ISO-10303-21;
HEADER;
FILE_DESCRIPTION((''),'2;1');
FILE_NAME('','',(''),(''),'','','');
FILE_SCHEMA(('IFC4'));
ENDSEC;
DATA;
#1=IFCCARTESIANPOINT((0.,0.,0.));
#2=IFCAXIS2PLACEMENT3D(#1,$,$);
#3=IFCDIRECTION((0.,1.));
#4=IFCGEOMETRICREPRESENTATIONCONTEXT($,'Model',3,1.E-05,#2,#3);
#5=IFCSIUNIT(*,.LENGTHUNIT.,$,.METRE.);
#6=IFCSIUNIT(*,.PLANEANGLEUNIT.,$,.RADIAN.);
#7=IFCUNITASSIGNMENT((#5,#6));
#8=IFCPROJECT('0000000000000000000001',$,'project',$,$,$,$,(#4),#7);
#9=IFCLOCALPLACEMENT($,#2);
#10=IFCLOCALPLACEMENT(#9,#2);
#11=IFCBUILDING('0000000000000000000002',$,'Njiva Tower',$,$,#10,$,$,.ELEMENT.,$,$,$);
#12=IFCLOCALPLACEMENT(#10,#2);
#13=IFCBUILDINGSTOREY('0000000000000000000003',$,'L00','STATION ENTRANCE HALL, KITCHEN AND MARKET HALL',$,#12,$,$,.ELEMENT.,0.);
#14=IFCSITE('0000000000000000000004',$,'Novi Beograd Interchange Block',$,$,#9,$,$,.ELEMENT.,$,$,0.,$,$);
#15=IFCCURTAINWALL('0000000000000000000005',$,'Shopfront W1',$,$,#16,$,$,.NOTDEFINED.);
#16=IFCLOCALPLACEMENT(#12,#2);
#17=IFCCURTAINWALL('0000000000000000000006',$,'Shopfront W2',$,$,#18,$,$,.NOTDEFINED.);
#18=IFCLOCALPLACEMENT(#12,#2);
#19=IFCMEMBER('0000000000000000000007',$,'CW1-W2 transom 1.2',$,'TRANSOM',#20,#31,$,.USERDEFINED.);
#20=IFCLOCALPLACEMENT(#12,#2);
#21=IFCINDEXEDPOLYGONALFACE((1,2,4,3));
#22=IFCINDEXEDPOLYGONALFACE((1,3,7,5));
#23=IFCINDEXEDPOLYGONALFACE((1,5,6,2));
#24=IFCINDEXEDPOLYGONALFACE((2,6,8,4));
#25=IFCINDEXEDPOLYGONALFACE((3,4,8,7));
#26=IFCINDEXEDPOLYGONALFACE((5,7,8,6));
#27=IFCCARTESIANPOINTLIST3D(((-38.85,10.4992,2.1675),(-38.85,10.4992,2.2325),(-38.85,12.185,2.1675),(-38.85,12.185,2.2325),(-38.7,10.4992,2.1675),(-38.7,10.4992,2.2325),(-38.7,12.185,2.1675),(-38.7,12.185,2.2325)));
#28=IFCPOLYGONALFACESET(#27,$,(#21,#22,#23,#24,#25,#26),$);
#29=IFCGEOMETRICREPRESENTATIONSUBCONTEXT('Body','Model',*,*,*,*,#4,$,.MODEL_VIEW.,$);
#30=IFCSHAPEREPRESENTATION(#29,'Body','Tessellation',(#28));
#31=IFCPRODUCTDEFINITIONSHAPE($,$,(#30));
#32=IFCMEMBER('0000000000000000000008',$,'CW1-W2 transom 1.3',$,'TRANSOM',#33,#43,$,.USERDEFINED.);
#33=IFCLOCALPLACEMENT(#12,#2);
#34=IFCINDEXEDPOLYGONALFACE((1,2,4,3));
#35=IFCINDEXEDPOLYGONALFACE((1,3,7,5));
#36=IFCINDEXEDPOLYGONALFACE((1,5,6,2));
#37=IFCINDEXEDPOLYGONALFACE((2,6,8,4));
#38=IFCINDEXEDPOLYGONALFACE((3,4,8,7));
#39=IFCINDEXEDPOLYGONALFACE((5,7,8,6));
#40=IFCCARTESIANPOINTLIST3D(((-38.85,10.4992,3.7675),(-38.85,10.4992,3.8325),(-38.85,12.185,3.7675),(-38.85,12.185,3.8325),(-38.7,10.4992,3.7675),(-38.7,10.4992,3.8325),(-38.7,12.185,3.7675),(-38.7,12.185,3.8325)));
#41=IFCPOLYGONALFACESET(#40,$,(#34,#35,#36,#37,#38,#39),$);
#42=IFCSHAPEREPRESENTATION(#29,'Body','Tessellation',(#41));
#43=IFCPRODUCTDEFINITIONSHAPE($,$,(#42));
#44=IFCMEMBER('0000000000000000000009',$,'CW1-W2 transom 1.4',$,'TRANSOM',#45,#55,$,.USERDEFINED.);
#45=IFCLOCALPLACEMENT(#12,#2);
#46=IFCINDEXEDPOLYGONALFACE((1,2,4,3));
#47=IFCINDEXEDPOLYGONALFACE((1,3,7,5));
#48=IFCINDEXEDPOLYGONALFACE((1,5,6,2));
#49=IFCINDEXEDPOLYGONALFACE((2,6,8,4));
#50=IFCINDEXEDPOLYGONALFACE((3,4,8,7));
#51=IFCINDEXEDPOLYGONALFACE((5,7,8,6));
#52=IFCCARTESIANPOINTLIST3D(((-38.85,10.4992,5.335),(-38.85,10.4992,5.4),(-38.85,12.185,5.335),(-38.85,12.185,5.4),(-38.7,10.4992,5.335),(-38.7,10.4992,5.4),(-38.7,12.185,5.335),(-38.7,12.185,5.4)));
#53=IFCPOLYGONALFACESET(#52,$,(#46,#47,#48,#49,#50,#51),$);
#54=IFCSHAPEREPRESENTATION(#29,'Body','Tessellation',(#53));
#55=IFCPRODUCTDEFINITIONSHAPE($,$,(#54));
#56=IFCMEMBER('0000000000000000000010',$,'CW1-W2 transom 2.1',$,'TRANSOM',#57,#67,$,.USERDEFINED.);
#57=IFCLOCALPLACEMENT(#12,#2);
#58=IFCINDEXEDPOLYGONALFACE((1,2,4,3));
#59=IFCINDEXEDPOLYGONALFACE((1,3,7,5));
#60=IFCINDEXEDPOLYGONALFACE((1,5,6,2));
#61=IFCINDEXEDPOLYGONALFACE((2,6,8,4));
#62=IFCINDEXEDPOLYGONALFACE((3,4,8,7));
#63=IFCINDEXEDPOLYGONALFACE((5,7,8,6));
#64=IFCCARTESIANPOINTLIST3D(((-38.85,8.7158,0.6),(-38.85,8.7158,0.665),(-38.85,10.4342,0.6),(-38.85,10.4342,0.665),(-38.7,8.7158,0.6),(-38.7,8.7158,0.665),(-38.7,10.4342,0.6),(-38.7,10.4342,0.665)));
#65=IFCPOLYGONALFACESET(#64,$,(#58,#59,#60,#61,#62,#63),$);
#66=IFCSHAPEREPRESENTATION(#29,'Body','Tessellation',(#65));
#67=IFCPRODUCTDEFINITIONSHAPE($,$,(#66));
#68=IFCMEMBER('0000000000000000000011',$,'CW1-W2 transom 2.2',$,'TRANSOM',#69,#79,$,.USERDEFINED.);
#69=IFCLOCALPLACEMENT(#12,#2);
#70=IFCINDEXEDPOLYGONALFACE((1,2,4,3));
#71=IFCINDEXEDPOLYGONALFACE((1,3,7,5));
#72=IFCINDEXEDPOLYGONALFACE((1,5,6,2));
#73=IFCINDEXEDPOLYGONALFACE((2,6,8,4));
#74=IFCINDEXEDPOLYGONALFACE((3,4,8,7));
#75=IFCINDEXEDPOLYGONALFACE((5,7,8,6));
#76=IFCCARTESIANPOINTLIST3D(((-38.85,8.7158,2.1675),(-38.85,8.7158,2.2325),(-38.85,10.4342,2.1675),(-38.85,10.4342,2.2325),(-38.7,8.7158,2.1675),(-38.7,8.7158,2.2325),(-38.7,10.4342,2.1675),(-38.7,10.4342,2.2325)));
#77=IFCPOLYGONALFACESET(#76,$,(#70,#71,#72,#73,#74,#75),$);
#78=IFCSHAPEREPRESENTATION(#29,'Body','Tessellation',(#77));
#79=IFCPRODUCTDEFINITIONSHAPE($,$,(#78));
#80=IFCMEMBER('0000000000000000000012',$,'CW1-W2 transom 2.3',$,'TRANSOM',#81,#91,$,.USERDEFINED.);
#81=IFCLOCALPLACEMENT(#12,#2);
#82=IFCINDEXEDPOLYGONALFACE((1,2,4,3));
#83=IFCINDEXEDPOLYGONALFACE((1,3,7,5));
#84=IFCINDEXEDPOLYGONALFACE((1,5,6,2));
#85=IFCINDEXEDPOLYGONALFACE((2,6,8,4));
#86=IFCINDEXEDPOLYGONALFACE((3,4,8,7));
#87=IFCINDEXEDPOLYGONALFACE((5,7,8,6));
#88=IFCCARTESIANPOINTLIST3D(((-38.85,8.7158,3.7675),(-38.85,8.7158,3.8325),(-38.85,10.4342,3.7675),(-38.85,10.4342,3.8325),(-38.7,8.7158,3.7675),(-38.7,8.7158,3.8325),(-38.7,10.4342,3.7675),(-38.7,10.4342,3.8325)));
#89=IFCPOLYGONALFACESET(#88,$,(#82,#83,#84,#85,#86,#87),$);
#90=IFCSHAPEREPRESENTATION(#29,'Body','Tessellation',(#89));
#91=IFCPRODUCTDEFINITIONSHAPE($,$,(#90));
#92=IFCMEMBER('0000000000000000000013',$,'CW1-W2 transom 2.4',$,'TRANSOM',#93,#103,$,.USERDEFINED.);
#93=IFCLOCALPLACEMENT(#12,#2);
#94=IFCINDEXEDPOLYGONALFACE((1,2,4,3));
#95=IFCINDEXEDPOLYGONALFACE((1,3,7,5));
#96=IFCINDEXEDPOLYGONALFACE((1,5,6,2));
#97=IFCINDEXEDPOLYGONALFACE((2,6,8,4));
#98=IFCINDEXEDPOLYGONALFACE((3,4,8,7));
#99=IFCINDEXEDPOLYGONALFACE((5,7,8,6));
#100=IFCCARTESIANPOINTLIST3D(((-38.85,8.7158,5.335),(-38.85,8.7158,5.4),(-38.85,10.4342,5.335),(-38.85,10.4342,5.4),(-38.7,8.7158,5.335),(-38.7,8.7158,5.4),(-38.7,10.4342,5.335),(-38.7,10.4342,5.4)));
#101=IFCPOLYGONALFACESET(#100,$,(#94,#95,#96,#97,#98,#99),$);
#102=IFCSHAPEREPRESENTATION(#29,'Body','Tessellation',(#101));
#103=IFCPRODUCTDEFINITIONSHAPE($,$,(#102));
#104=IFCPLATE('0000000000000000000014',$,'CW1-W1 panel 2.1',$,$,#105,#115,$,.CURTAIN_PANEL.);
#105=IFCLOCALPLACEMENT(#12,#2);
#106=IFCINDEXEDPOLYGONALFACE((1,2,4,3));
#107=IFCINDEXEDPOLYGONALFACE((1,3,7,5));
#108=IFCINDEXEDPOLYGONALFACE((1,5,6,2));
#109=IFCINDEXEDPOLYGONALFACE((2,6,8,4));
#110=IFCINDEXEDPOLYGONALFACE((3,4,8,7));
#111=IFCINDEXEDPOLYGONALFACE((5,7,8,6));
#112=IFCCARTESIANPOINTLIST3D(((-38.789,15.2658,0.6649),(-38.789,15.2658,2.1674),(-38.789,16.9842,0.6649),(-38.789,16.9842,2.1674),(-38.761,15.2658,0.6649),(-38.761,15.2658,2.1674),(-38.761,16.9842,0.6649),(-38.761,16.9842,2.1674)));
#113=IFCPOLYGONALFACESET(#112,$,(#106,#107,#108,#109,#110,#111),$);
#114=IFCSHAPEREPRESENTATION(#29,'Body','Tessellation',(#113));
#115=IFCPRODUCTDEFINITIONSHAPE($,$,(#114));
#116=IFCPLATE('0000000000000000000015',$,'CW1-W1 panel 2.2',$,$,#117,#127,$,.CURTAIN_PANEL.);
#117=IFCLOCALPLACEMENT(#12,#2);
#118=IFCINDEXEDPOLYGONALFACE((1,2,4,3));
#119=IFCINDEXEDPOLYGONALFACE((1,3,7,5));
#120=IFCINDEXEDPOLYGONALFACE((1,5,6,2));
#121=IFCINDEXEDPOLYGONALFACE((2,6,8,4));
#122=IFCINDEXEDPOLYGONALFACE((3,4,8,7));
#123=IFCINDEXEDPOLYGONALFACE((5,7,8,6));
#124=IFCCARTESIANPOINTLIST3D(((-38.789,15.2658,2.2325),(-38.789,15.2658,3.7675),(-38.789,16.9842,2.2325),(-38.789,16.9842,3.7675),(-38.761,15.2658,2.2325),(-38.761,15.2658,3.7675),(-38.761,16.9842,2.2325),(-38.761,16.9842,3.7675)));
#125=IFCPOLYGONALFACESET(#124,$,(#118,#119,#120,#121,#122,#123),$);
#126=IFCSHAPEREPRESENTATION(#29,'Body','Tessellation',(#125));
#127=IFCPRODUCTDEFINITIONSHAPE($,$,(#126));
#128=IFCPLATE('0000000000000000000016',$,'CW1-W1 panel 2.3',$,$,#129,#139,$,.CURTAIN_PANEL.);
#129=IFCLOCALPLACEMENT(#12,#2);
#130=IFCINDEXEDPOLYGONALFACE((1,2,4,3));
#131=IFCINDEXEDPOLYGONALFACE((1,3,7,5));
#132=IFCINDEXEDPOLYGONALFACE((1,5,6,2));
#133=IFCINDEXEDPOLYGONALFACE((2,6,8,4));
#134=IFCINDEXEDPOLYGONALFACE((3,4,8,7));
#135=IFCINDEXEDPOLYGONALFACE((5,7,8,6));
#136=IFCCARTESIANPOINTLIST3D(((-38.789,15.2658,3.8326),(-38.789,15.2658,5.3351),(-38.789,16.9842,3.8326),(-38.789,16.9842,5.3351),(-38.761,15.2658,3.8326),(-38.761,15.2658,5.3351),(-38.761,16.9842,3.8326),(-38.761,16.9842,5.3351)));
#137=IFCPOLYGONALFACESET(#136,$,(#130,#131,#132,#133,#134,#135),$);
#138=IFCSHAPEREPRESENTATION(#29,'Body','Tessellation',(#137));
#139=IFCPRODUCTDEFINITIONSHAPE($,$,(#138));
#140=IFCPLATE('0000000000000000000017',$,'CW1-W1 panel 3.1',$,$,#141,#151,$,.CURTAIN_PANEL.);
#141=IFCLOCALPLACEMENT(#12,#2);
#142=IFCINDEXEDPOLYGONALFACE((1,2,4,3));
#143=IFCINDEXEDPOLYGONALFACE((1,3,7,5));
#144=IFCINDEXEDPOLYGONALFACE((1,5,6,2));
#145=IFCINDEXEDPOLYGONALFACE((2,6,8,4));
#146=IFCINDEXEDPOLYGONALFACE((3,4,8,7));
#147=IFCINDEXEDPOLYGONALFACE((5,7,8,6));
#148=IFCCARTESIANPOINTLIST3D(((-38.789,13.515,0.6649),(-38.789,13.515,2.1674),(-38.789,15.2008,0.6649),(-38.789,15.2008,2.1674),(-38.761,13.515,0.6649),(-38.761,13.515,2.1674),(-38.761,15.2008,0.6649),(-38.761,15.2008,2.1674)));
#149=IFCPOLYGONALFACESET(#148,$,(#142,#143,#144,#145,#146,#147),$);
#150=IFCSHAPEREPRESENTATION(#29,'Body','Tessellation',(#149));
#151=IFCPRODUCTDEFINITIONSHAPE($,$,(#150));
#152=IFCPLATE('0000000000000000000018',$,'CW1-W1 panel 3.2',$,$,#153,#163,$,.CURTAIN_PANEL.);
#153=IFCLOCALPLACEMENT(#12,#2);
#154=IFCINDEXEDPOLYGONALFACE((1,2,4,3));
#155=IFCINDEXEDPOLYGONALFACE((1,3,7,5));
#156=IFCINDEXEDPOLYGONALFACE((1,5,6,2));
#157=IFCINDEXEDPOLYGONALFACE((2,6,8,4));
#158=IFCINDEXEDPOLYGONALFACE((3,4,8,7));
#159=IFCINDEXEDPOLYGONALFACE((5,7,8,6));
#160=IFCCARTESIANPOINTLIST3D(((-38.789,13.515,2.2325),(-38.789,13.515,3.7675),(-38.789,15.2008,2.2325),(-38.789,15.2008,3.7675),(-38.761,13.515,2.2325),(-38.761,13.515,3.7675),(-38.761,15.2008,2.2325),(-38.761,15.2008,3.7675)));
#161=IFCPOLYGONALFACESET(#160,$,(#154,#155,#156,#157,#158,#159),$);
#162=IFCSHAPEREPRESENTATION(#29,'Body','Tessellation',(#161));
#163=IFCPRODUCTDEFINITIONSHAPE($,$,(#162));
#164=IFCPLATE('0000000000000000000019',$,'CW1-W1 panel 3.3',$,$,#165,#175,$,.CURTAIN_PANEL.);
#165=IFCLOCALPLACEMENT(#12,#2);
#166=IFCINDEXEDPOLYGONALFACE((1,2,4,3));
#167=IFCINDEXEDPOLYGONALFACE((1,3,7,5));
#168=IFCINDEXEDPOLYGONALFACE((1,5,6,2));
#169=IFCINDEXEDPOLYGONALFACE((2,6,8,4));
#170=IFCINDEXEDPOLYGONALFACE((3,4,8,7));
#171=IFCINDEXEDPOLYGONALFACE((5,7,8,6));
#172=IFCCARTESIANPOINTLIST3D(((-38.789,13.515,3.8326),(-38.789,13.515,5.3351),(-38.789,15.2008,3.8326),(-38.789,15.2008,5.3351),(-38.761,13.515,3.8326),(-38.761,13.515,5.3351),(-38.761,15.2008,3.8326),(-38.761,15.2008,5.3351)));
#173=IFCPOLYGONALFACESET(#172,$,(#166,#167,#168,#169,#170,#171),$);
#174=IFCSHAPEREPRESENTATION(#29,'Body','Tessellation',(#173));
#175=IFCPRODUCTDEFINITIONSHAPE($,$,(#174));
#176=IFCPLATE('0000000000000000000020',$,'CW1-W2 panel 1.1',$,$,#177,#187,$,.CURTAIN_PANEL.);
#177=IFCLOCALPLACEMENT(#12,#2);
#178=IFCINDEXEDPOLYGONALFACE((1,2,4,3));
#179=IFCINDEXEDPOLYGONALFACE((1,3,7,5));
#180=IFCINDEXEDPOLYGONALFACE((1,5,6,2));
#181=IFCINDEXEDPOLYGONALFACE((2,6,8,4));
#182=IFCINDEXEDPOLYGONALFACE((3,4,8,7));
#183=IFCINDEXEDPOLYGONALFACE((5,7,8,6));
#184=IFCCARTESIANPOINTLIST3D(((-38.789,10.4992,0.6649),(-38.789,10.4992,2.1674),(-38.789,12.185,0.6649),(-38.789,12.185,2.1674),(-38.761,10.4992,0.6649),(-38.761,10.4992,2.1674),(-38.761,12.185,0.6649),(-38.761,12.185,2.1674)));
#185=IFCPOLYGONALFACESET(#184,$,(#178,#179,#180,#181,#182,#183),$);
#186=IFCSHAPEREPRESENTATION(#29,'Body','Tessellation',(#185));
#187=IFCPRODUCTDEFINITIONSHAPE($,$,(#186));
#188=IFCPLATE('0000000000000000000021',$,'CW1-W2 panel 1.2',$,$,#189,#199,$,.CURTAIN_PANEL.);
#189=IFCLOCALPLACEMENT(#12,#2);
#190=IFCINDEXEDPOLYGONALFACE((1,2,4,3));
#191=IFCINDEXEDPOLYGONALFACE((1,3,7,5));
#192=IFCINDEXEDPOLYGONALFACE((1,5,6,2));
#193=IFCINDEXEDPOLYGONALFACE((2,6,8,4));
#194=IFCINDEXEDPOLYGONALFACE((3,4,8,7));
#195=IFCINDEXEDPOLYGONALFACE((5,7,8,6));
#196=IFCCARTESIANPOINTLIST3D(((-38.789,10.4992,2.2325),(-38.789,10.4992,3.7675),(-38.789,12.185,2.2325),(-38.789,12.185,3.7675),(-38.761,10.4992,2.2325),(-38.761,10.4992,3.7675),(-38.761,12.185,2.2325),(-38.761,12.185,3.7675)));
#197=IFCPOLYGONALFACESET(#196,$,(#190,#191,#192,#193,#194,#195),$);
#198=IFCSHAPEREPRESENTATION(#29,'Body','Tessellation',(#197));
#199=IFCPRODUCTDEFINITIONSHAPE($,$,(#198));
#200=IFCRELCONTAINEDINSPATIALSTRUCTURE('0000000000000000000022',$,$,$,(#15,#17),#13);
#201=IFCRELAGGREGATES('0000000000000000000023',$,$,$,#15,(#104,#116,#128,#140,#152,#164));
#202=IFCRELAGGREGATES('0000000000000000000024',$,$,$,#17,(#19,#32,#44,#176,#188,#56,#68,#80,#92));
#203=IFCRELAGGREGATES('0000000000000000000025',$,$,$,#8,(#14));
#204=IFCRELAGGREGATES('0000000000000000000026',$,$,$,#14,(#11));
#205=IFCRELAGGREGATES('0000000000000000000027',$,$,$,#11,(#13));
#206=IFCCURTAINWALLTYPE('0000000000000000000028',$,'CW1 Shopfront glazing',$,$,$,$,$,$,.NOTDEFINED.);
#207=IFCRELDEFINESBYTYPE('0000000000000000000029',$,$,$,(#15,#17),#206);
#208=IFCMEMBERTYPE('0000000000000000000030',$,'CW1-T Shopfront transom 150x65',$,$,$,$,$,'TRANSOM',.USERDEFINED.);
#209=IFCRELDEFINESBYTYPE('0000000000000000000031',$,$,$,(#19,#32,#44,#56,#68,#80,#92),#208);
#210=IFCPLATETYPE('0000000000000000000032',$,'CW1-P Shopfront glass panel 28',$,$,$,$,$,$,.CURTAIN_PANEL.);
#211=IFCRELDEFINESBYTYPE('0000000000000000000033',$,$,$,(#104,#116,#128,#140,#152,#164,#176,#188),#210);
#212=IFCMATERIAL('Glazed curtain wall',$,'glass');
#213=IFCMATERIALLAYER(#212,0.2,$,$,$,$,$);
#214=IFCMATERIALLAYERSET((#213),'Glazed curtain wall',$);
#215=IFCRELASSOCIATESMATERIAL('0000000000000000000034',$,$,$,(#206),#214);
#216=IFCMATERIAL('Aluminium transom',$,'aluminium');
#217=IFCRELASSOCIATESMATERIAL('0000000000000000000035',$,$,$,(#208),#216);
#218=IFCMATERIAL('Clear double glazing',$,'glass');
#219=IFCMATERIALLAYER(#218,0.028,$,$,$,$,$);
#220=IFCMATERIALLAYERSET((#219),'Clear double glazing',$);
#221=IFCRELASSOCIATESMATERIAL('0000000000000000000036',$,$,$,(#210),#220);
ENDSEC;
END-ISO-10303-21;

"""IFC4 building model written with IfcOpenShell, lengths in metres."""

from ifc_helpers import new_model, si_unit, direction, frame, origin, origin_2d, place, context, subcontext, project, spatial, rectangle, extrude, material, layer, layer_set, material_profile, profile_set, type_object, element, aggregate, save


model = new_model("IFC4")

# Units and contexts
model_context = context("Model", 3, precision=1e-05, world=origin(), true_north=direction((0.0, 1.0)))
body_context = subcontext(model_context, "Body", "Model", "MODEL_VIEW")
ifc_project = project(units=[si_unit("LENGTHUNIT", "METRE"), si_unit("PLANEANGLEUNIT", "RADIAN")], contexts=[model_context])

# Site, building, storey
site_placement = place(None, origin())
site = spatial("IfcSite", under=ifc_project, at=site_placement, Name="Novi Beograd Interchange Block", CompositionType="ELEMENT", RefElevation=0.0)
building_placement = place(site_placement, origin())
building = spatial("IfcBuilding", under=site, at=building_placement, Name="Njiva Tower", CompositionType="ELEMENT")
storey_placement = place(building_placement, origin())
storey = spatial("IfcBuildingStorey", under=building, at=storey_placement, Name="L00", Description="STATION ENTRANCE HALL, KITCHEN AND MARKET HALL", CompositionType="ELEMENT", Elevation=0.0)

# Curtain walls
ifc_material_1 = material(Name="Glazed curtain wall", Category="glass")
ifc_layer_1 = layer(ifc_material_1, 0.2)
ifc_layer_set_1 = layer_set([ifc_layer_1], Name="Glazed curtain wall")
curtain_wall_type = type_object("IfcCurtainWallType", Name="CW1 Shopfront glazing", PredefinedType="NOTDEFINED", material=ifc_layer_set_1)
curtain_wall_1_placement = place(storey_placement, origin())
curtain_wall_1 = element("IfcCurtainWall", 1, at=curtain_wall_1_placement, inside=storey, type_object=curtain_wall_type, Name="Shopfront W1", PredefinedType="NOTDEFINED")
curtain_wall_2_placement = place(storey_placement, origin())
curtain_wall_2 = element("IfcCurtainWall", 2, at=curtain_wall_2_placement, inside=storey, type_object=curtain_wall_type, Name="Shopfront W2", PredefinedType="NOTDEFINED")

# Members
ifc_material_2 = material(Name="Aluminium transom", Category="aluminium")
ifc_material_profile_1 = material_profile(ifc_material_2, rectangle(XDim=0.15, YDim=0.065, at=origin_2d()), Name="RECT 150x65")
ifc_profile_set_1 = profile_set([ifc_material_profile_1], Name="Aluminium transom")
member_type_1 = type_object("IfcMemberType", Name="CW1-T Shopfront transom 150x65", ElementType="TRANSOM", PredefinedType="USERDEFINED", material=ifc_profile_set_1)
member_1_placement = place(storey_placement, frame((-38.775, 12.185, 2.2), z_axis=(0.0, -1.0, 0.0), x_axis=(1.0, 0.0, 0.0)))
member_1 = element("IfcMember", 3, at=member_1_placement, type_object=member_type_1, Name="CW1-W2 transom 1.2", ObjectType="TRANSOM", PredefinedType="USERDEFINED", context=body_context, shape_type="SweptSolid", body=[
    extrude(rectangle(XDim=0.15, YDim=0.065, at=origin_2d()), origin(), (0.0, 0.0, 1.0), 1.6858),
])
member_2_placement = place(storey_placement, frame((-38.775, 12.185, 3.8), z_axis=(0.0, -1.0, 0.0), x_axis=(1.0, 0.0, 0.0)))
member_2 = element("IfcMember", 4, at=member_2_placement, type_object=member_type_1, Name="CW1-W2 transom 1.3", ObjectType="TRANSOM", PredefinedType="USERDEFINED", context=body_context, shape_type="SweptSolid", body=[
    extrude(rectangle(XDim=0.15, YDim=0.065, at=origin_2d()), origin(), (0.0, 0.0, 1.0), 1.6858),
])
member_3_placement = place(storey_placement, frame((-38.775, 12.185, 5.3675), z_axis=(0.0, -1.0, 0.0), x_axis=(1.0, 0.0, 0.0)))
member_3 = element("IfcMember", 5, at=member_3_placement, type_object=member_type_1, Name="CW1-W2 transom 1.4", ObjectType="TRANSOM", PredefinedType="USERDEFINED", context=body_context, shape_type="SweptSolid", body=[
    extrude(rectangle(XDim=0.15, YDim=0.065, at=origin_2d()), origin(), (0.0, 0.0, 1.0), 1.6858),
])
member_4_placement = place(storey_placement, frame((-38.775, 10.4342, 0.6325), z_axis=(0.0, -1.0, 0.0), x_axis=(1.0, 0.0, 0.0)))
member_4 = element("IfcMember", 6, at=member_4_placement, type_object=member_type_1, Name="CW1-W2 transom 2.1", ObjectType="TRANSOM", PredefinedType="USERDEFINED", context=body_context, shape_type="SweptSolid", body=[
    extrude(rectangle(XDim=0.15, YDim=0.065, at=origin_2d()), origin(), (0.0, 0.0, 1.0), 1.7184),
])
member_5_placement = place(storey_placement, frame((-38.775, 10.4342, 2.2), z_axis=(0.0, -1.0, 0.0), x_axis=(1.0, 0.0, 0.0)))
member_5 = element("IfcMember", 7, at=member_5_placement, type_object=member_type_1, Name="CW1-W2 transom 2.2", ObjectType="TRANSOM", PredefinedType="USERDEFINED", context=body_context, shape_type="SweptSolid", body=[
    extrude(rectangle(XDim=0.15, YDim=0.065, at=origin_2d()), origin(), (0.0, 0.0, 1.0), 1.7184),
])
member_6_placement = place(storey_placement, frame((-38.775, 10.4342, 3.8), z_axis=(0.0, -1.0, 0.0), x_axis=(1.0, 0.0, 0.0)))
member_6 = element("IfcMember", 8, at=member_6_placement, type_object=member_type_1, Name="CW1-W2 transom 2.3", ObjectType="TRANSOM", PredefinedType="USERDEFINED", context=body_context, shape_type="SweptSolid", body=[
    extrude(rectangle(XDim=0.15, YDim=0.065, at=origin_2d()), origin(), (0.0, 0.0, 1.0), 1.7184),
])
member_7_placement = place(storey_placement, frame((-38.775, 10.4342, 5.3675), z_axis=(0.0, -1.0, 0.0), x_axis=(1.0, 0.0, 0.0)))
member_7 = element("IfcMember", 9, at=member_7_placement, type_object=member_type_1, Name="CW1-W2 transom 2.4", ObjectType="TRANSOM", PredefinedType="USERDEFINED", context=body_context, shape_type="SweptSolid", body=[
    extrude(rectangle(XDim=0.15, YDim=0.065, at=origin_2d()), origin(), (0.0, 0.0, 1.0), 1.7184),
])

# Plates
ifc_material_3 = material(Name="Clear double glazing", Category="glass")
ifc_layer_2 = layer(ifc_material_3, 0.028)
ifc_layer_set_2 = layer_set([ifc_layer_2], Name="Clear double glazing")
plate_type = type_object("IfcPlateType", Name="CW1-P Shopfront glass panel 28", PredefinedType="CURTAIN_PANEL", material=ifc_layer_set_2)
plate_1_placement = place(storey_placement, frame((-38.775, 16.125, 0.6649), z_axis=(0.0, 0.0, 1.0), x_axis=(0.0, -1.0, 0.0)))
plate_1 = element("IfcPlate", 10, at=plate_1_placement, type_object=plate_type, Name="CW1-W1 panel 2.1", PredefinedType="CURTAIN_PANEL", context=body_context, shape_type="SweptSolid", body=[
    extrude(rectangle(XDim=1.7183, YDim=0.028, at=origin_2d()), origin(), (0.0, 0.0, 1.0), 1.5025),
])
plate_2_placement = place(storey_placement, frame((-38.775, 16.125, 2.2325), z_axis=(0.0, 0.0, 1.0), x_axis=(0.0, -1.0, 0.0)))
plate_2 = element("IfcPlate", 11, at=plate_2_placement, type_object=plate_type, Name="CW1-W1 panel 2.2", PredefinedType="CURTAIN_PANEL", context=body_context, shape_type="SweptSolid", body=[
    extrude(rectangle(XDim=1.7183, YDim=0.028, at=origin_2d()), origin(), (0.0, 0.0, 1.0), 1.535),
])
plate_3_placement = place(storey_placement, frame((-38.775, 16.125, 3.8326), z_axis=(0.0, 0.0, 1.0), x_axis=(0.0, -1.0, 0.0)))
plate_3 = element("IfcPlate", 12, at=plate_3_placement, type_object=plate_type, Name="CW1-W1 panel 2.3", PredefinedType="CURTAIN_PANEL", context=body_context, shape_type="SweptSolid", body=[
    extrude(rectangle(XDim=1.7183, YDim=0.028, at=origin_2d()), origin(), (0.0, 0.0, 1.0), 1.5025),
])
plate_4_placement = place(storey_placement, frame((-38.775, 14.3579, 0.6649), z_axis=(0.0, 0.0, 1.0), x_axis=(0.0, -1.0, 0.0)))
plate_4 = element("IfcPlate", 13, at=plate_4_placement, type_object=plate_type, Name="CW1-W1 panel 3.1", PredefinedType="CURTAIN_PANEL", context=body_context, shape_type="SweptSolid", body=[
    extrude(rectangle(XDim=1.6858, YDim=0.028, at=origin_2d()), origin(), (0.0, 0.0, 1.0), 1.5025),
])
plate_5_placement = place(storey_placement, frame((-38.775, 14.3579, 2.2325), z_axis=(0.0, 0.0, 1.0), x_axis=(0.0, -1.0, 0.0)))
plate_5 = element("IfcPlate", 14, at=plate_5_placement, type_object=plate_type, Name="CW1-W1 panel 3.2", PredefinedType="CURTAIN_PANEL", context=body_context, shape_type="SweptSolid", body=[
    extrude(rectangle(XDim=1.6858, YDim=0.028, at=origin_2d()), origin(), (0.0, 0.0, 1.0), 1.535),
])
plate_6_placement = place(storey_placement, frame((-38.775, 14.3579, 3.8326), z_axis=(0.0, 0.0, 1.0), x_axis=(0.0, -1.0, 0.0)))
plate_6 = element("IfcPlate", 15, at=plate_6_placement, type_object=plate_type, Name="CW1-W1 panel 3.3", PredefinedType="CURTAIN_PANEL", context=body_context, shape_type="SweptSolid", body=[
    extrude(rectangle(XDim=1.6858, YDim=0.028, at=origin_2d()), origin(), (0.0, 0.0, 1.0), 1.5025),
])
aggregate(curtain_wall_1, [plate_1, plate_2, plate_3, plate_4, plate_5, plate_6])
plate_7_placement = place(storey_placement, frame((-38.775, 11.3421, 0.6649), z_axis=(0.0, 0.0, 1.0), x_axis=(0.0, -1.0, 0.0)))
plate_7 = element("IfcPlate", 16, at=plate_7_placement, type_object=plate_type, Name="CW1-W2 panel 1.1", PredefinedType="CURTAIN_PANEL", context=body_context, shape_type="SweptSolid", body=[
    extrude(rectangle(XDim=1.6858, YDim=0.028, at=origin_2d()), origin(), (0.0, 0.0, 1.0), 1.5025),
])
plate_8_placement = place(storey_placement, frame((-38.775, 11.3421, 2.2325), z_axis=(0.0, 0.0, 1.0), x_axis=(0.0, -1.0, 0.0)))
plate_8 = element("IfcPlate", 17, at=plate_8_placement, type_object=plate_type, Name="CW1-W2 panel 1.2", PredefinedType="CURTAIN_PANEL", context=body_context, shape_type="SweptSolid", body=[
    extrude(rectangle(XDim=1.6858, YDim=0.028, at=origin_2d()), origin(), (0.0, 0.0, 1.0), 1.535),
])
aggregate(curtain_wall_2, [member_1, member_2, member_3, plate_7, plate_8, member_4, member_5, member_6, member_7])

save(model, "model.ifc")
